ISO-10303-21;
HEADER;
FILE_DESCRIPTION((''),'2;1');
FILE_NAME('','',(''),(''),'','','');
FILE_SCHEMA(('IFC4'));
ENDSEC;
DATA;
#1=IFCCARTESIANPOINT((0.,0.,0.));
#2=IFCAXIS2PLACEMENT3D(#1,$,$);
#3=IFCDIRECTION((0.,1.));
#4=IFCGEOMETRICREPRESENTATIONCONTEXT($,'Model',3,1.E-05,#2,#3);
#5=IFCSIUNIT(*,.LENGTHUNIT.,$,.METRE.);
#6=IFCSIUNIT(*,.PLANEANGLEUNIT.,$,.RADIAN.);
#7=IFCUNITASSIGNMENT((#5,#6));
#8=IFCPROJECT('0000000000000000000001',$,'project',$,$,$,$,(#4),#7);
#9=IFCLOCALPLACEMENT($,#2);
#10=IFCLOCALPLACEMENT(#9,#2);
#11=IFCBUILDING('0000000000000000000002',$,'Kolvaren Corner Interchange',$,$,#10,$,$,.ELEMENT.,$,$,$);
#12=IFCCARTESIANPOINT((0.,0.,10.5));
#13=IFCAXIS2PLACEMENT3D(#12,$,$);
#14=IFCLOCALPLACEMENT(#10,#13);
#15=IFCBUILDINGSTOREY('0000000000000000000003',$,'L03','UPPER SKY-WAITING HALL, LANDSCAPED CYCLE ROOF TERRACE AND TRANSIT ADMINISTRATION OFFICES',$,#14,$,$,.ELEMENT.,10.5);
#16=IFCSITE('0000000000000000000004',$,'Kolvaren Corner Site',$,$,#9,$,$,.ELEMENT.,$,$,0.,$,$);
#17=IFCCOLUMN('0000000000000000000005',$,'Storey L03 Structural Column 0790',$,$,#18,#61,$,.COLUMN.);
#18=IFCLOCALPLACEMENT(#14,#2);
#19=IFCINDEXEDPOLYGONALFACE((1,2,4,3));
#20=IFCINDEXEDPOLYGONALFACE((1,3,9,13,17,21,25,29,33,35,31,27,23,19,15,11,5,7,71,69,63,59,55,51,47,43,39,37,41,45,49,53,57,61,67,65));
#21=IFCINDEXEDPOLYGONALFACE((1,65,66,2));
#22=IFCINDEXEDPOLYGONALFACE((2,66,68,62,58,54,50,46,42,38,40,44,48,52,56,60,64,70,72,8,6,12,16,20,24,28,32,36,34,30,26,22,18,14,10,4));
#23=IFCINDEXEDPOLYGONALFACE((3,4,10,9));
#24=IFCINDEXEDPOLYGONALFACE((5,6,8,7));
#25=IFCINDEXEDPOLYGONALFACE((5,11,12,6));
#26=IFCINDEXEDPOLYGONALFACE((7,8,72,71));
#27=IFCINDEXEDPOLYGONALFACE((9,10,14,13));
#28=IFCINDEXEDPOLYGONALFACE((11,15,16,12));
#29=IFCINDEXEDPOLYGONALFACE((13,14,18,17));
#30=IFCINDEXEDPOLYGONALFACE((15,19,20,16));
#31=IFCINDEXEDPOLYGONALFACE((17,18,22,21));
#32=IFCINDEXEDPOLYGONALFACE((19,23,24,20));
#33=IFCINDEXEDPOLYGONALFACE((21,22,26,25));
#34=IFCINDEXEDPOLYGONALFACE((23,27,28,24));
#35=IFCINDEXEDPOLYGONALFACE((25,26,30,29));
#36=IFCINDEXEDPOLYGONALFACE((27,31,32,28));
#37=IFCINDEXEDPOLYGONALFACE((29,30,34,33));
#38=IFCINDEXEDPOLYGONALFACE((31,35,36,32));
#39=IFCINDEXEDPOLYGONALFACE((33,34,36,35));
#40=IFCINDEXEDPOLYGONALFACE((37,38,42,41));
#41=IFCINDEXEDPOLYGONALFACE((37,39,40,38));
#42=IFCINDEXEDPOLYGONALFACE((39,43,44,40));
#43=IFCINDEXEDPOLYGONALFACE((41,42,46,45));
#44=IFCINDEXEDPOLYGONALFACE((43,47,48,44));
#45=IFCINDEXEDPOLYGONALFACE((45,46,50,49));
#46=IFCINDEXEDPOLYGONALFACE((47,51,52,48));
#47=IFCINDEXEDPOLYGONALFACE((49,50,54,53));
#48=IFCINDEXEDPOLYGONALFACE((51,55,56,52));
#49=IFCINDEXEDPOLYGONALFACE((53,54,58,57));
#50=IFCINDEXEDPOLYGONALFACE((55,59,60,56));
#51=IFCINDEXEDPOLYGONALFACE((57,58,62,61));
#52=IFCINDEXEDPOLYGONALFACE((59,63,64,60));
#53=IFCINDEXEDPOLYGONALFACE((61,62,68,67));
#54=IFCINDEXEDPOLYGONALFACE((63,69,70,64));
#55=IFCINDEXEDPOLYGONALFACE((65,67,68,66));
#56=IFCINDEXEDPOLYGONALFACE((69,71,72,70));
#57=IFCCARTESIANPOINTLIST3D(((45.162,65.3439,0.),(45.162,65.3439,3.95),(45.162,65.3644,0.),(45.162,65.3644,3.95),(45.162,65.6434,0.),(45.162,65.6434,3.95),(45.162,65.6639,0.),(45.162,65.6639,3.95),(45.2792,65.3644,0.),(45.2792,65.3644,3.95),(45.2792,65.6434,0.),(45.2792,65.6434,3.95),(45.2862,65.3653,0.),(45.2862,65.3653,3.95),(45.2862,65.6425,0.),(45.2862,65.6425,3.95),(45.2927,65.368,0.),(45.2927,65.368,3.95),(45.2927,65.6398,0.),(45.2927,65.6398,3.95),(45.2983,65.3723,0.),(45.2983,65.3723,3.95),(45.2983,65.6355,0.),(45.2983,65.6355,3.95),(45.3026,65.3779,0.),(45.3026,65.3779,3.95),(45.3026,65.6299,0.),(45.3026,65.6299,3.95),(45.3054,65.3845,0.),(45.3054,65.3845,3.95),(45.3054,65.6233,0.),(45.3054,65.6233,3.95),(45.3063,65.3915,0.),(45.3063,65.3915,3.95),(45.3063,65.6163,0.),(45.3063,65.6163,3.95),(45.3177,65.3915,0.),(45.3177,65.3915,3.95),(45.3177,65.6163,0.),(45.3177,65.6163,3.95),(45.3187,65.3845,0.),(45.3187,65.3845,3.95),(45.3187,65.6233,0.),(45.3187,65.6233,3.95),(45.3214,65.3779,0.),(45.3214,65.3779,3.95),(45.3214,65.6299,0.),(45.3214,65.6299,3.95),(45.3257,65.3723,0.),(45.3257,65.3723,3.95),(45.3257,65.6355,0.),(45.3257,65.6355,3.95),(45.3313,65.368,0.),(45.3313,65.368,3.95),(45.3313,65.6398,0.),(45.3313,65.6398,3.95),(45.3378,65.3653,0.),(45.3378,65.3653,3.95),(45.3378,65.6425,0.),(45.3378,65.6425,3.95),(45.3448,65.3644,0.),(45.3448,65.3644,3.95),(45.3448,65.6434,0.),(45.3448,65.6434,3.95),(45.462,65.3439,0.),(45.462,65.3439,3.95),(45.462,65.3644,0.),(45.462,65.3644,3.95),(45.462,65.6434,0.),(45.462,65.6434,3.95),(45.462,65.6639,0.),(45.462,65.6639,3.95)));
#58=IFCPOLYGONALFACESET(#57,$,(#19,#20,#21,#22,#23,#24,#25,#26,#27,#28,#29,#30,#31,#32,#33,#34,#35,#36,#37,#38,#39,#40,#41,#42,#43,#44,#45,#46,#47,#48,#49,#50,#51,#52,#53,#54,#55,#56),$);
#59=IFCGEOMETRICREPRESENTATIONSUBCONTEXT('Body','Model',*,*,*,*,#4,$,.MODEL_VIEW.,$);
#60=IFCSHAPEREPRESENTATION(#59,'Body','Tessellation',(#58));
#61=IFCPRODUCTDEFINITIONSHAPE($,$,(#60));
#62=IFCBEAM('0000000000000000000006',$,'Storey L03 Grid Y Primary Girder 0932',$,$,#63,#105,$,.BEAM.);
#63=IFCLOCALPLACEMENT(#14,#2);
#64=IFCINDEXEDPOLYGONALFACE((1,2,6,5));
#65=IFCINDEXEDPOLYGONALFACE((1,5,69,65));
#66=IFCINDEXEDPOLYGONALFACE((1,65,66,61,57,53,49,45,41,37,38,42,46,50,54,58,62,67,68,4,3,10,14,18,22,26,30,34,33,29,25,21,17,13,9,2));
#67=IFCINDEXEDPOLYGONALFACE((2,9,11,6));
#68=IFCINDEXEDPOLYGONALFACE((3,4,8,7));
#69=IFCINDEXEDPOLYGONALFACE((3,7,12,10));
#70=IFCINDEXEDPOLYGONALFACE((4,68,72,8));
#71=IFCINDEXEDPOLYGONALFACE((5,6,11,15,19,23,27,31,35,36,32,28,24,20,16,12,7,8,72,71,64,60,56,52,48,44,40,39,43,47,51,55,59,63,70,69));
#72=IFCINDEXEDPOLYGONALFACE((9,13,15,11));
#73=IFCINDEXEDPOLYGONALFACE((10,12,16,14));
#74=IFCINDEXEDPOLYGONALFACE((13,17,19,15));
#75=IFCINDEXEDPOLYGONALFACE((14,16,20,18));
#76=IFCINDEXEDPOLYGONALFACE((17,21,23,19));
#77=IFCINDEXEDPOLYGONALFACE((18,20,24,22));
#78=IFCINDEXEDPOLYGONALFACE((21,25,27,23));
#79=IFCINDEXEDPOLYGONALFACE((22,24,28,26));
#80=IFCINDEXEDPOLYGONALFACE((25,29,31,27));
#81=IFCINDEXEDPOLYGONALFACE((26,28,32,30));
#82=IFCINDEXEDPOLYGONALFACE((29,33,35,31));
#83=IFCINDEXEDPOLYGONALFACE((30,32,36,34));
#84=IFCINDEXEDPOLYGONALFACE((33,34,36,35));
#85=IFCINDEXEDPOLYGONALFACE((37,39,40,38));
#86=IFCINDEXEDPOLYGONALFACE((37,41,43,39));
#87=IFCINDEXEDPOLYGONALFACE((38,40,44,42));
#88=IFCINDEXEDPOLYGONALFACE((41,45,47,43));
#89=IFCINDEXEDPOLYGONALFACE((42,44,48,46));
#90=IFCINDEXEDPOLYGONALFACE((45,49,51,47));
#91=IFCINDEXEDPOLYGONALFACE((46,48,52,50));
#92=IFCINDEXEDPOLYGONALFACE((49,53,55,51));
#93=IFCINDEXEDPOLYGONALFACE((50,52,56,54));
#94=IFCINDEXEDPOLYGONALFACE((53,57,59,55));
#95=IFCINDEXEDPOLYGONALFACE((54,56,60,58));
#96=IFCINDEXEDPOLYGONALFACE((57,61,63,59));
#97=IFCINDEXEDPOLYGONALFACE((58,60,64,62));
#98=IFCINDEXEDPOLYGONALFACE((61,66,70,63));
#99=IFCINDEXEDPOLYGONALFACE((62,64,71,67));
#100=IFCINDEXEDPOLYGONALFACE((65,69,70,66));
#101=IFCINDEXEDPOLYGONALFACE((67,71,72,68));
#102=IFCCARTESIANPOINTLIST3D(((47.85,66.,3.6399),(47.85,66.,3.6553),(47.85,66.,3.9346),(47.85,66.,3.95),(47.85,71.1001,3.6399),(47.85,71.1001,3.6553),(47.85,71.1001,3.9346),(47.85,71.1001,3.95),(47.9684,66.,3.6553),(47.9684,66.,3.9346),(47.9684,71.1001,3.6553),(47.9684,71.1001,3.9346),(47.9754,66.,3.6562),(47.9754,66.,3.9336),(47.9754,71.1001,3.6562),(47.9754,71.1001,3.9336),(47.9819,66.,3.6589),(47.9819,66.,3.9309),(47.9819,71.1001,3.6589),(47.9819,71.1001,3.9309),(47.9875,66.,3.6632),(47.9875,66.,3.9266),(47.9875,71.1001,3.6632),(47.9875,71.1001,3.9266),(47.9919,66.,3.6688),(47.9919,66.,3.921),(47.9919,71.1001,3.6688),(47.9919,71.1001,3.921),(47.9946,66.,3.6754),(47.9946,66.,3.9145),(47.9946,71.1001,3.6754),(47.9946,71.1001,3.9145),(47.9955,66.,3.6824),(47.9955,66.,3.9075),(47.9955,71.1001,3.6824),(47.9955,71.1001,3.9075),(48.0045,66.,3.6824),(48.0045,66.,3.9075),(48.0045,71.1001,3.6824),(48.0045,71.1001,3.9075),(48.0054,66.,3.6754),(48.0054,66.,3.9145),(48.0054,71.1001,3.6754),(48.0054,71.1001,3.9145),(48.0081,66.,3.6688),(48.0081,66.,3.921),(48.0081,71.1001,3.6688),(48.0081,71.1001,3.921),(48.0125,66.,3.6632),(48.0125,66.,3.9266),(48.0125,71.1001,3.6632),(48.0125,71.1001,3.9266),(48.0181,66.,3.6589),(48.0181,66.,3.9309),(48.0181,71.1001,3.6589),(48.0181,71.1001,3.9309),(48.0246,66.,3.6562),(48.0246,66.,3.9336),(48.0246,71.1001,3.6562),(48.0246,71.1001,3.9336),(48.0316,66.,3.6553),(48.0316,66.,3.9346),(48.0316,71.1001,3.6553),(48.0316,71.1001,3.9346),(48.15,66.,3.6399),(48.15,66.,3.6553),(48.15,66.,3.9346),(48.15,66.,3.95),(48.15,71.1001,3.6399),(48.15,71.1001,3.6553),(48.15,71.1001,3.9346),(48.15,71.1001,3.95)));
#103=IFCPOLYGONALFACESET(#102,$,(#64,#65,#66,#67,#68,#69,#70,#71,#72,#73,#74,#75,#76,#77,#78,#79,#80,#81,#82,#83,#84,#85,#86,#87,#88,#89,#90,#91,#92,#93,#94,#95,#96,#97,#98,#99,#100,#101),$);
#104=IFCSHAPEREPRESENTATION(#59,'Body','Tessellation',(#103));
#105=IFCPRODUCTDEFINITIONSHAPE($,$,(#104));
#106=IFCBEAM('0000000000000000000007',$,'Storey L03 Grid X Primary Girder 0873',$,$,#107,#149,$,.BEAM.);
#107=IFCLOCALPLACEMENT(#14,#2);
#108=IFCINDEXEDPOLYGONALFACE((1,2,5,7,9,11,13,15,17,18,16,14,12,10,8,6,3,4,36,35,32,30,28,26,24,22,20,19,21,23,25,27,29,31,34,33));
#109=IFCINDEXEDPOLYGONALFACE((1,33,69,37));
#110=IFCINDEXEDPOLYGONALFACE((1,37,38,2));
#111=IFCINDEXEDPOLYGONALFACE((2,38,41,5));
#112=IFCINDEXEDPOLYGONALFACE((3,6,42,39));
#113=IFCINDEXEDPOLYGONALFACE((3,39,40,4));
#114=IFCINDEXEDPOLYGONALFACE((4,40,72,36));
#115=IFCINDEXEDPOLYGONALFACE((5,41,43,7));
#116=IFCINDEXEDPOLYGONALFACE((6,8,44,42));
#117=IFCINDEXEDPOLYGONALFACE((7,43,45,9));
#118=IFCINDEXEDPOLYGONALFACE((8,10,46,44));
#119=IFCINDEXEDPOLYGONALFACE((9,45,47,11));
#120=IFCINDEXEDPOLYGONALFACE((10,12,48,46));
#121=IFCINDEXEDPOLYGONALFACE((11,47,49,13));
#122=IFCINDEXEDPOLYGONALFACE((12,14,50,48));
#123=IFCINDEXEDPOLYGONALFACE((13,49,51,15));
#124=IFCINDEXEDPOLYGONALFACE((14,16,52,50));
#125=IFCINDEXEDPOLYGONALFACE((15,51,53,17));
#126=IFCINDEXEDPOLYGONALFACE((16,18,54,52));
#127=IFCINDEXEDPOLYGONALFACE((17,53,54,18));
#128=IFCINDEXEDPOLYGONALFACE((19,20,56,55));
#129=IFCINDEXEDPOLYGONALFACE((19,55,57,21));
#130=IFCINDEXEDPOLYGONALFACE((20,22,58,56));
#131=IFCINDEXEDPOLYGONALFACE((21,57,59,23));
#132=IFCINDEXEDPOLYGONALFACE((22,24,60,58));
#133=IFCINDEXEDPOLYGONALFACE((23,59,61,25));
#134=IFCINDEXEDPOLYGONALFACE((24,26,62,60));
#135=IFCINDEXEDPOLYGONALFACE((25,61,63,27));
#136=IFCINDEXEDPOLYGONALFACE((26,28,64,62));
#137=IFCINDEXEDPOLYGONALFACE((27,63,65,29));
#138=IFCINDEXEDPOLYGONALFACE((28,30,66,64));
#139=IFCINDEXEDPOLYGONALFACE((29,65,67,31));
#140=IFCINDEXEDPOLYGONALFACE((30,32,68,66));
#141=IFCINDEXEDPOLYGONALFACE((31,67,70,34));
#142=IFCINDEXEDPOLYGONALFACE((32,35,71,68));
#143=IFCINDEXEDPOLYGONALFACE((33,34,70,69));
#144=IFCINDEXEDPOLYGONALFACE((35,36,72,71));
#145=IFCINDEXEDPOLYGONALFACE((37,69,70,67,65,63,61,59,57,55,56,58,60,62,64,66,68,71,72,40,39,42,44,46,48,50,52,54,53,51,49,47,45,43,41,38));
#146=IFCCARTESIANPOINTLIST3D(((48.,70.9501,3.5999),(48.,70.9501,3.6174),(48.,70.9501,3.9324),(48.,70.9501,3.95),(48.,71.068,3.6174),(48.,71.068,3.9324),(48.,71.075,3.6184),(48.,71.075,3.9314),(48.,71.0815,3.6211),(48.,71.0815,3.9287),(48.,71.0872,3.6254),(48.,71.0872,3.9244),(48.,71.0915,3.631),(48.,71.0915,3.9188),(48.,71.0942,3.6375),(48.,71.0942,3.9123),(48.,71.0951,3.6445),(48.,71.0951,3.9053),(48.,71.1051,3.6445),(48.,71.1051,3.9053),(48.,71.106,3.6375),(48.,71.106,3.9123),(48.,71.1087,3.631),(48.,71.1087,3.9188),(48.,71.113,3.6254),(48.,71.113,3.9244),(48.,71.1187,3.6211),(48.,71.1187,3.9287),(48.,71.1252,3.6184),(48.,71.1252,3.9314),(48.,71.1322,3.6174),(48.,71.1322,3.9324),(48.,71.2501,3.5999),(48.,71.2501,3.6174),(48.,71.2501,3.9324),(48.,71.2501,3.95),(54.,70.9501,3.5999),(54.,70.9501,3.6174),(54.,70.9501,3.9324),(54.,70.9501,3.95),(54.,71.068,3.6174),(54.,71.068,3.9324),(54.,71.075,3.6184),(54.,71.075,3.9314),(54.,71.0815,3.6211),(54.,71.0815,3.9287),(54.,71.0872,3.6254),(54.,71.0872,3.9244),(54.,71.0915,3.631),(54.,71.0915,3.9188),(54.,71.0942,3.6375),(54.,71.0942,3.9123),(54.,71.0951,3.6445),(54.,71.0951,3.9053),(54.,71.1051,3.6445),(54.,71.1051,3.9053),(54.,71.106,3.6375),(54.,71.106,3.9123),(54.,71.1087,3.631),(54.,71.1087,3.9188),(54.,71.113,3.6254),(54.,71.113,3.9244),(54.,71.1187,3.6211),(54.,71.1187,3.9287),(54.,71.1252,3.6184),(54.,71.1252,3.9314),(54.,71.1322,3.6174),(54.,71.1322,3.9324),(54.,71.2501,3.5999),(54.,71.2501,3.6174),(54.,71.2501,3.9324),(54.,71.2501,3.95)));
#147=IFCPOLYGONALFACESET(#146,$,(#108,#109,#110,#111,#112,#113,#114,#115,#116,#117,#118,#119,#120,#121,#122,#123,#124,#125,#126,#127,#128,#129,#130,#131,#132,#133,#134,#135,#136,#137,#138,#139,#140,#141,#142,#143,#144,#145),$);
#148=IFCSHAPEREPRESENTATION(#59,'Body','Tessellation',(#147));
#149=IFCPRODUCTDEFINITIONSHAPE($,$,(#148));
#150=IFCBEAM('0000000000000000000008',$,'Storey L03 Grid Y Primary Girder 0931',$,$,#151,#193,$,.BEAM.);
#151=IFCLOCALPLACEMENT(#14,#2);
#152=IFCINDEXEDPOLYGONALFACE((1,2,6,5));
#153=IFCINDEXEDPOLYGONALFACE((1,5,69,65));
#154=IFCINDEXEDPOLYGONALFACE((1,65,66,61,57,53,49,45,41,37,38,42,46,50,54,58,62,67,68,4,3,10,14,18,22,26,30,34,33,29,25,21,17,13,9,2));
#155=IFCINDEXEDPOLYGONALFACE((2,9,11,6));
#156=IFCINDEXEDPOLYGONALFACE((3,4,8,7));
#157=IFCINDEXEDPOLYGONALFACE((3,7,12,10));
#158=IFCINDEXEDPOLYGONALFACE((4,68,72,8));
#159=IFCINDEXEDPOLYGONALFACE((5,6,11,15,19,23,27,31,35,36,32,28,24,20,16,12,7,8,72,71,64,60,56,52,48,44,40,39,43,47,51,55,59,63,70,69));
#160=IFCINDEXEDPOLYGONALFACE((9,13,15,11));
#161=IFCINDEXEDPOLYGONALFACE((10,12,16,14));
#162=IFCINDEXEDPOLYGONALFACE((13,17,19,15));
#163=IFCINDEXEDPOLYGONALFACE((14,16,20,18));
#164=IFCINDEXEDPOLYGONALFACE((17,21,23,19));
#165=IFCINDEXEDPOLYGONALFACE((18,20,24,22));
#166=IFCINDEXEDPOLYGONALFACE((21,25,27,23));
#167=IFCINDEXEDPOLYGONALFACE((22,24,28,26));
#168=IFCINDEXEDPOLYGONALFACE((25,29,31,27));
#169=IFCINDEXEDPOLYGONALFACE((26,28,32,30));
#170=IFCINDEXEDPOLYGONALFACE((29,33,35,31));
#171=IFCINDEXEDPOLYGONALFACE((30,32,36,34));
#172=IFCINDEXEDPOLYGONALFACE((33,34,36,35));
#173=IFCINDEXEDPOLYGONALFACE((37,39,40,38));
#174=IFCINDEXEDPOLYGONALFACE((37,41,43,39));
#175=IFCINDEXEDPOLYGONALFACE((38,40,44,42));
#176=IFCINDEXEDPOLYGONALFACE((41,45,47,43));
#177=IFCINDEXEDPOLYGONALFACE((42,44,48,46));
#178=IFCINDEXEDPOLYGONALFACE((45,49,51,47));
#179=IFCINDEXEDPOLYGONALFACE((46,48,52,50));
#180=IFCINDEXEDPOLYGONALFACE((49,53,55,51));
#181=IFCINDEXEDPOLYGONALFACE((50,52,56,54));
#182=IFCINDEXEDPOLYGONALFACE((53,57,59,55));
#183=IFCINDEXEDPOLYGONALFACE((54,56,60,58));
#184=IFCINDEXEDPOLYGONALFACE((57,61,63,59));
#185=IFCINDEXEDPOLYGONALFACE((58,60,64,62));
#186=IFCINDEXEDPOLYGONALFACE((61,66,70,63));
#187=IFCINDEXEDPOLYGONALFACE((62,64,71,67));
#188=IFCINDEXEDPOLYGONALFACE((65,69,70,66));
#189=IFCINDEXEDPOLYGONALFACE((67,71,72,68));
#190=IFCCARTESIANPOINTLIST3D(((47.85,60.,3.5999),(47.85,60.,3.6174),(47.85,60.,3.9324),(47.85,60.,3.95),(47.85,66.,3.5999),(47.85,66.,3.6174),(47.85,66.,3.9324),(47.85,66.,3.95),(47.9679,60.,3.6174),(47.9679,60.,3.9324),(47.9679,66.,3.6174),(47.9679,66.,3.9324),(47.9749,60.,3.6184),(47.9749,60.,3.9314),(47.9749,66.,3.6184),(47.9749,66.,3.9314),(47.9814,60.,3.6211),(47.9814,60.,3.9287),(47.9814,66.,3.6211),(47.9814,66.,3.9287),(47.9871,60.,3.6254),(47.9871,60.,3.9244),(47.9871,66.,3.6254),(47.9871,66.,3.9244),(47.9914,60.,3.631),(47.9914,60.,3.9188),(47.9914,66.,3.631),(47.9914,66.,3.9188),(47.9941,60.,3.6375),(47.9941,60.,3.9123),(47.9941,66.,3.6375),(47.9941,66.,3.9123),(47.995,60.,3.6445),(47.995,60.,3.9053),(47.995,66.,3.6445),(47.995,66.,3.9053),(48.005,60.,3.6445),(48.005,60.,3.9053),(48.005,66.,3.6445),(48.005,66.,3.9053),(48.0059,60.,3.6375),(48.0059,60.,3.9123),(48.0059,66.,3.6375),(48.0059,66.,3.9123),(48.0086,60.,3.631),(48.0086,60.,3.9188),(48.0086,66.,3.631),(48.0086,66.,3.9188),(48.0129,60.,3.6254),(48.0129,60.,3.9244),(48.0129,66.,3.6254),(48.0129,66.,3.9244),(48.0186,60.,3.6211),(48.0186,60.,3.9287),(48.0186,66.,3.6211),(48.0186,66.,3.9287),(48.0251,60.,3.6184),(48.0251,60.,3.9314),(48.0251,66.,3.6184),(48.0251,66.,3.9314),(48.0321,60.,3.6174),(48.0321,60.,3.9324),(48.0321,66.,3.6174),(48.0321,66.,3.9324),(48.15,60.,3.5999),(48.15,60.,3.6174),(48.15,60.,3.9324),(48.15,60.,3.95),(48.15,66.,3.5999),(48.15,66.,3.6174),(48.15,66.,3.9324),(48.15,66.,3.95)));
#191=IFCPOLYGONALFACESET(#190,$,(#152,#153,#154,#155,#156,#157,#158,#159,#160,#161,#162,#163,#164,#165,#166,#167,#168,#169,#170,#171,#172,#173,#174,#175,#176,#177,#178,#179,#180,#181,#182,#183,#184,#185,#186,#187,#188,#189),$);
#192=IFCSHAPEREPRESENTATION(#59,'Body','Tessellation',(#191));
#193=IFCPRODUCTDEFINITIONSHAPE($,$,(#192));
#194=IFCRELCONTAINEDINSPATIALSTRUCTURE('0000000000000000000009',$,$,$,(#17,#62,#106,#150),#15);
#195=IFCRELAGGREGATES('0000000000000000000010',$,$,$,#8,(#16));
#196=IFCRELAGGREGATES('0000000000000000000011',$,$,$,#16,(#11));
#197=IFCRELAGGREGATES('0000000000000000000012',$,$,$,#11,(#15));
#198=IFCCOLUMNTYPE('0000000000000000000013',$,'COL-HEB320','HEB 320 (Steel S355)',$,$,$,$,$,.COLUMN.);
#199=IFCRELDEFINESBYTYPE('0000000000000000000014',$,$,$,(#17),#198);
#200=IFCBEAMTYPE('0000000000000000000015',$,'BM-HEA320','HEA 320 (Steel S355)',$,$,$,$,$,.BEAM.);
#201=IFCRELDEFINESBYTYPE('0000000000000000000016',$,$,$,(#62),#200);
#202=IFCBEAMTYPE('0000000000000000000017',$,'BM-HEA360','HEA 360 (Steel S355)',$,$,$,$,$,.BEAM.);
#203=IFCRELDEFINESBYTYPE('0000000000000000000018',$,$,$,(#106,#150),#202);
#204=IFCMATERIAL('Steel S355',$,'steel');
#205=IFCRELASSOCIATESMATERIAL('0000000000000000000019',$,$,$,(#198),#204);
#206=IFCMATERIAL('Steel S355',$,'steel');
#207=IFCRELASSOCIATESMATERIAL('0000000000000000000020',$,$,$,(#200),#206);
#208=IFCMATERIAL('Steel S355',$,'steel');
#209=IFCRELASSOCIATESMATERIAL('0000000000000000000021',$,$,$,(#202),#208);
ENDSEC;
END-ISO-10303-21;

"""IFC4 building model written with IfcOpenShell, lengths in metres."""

from ifc_helpers import new_model, si_unit, direction, frame, origin, origin_2d, place, context, subcontext, project, spatial, i_section, extrude, material, material_profile, profile_set, type_object, element, save


model = new_model("IFC4")

# Units and contexts
model_context = context("Model", 3, precision=1e-05, world=origin(), true_north=direction((0.0, 1.0)))
body_context = subcontext(model_context, "Body", "Model", "MODEL_VIEW")
ifc_project = project(units=[si_unit("LENGTHUNIT", "METRE"), si_unit("PLANEANGLEUNIT", "RADIAN")], contexts=[model_context])

# Site, building, storey
site_placement = place(None, origin())
site = spatial("IfcSite", under=ifc_project, at=site_placement, Name="Kolvaren Corner Site", CompositionType="ELEMENT", RefElevation=0.0)
building_placement = place(site_placement, origin())
building = spatial("IfcBuilding", under=site, at=building_placement, Name="Kolvaren Corner Interchange", CompositionType="ELEMENT")
storey_placement = place(building_placement, frame((0.0, 0.0, 10.5)))
storey = spatial("IfcBuildingStorey", under=building, at=storey_placement, Name="L03", Description="UPPER SKY-WAITING HALL, LANDSCAPED CYCLE ROOF TERRACE AND TRANSIT ADMINISTRATION OFFICES", CompositionType="ELEMENT", Elevation=10.5)

# Column
ifc_material_1 = material(Name="Steel S355", Category="steel")
ifc_material_profile_1 = material_profile(ifc_material_1, i_section(OverallWidth=0.3, OverallDepth=0.3201, WebThickness=0.0115, FlangeThickness=0.0205, FilletRadius=0.0271, at=origin_2d()), Name="HEB 320")
ifc_profile_set_1 = profile_set([ifc_material_profile_1], Name="Steel S355")
column_type_1 = type_object("IfcColumnType", Name="COL-HEB320", Description="HEB 320 (Steel S355)", PredefinedType="COLUMN", material=ifc_profile_set_1)
column_1_placement = place(storey_placement, frame((45.312, 65.5039, 0.0), z_axis=(0.0, 0.0, 1.0), x_axis=(1.0, 0.0, 0.0)))
element("IfcColumn", 1, at=column_1_placement, inside=storey, type_object=column_type_1, Name="Storey L03 Structural Column 0790", PredefinedType="COLUMN", context=body_context, shape_type="SweptSolid", body=[
    extrude(i_section(OverallWidth=0.3, OverallDepth=0.3201, WebThickness=0.0115, FlangeThickness=0.0205, FilletRadius=0.0271, at=origin_2d()), origin(), (0.0, 0.0, 1.0), 3.95),
])

# Beams
ifc_material_2 = material(Name="Steel S355", Category="steel")
ifc_material_profile_2 = material_profile(ifc_material_2, i_section(OverallWidth=0.3, OverallDepth=0.3101, WebThickness=0.009, FlangeThickness=0.0154, FilletRadius=0.0271, at=origin_2d()), Name="HEA 320")
ifc_profile_set_2 = profile_set([ifc_material_profile_2], Name="Steel S355")
beam_type_1 = type_object("IfcBeamType", Name="BM-HEA320", Description="HEA 320 (Steel S355)", PredefinedType="BEAM", material=ifc_profile_set_2)
beam_1_placement = place(storey_placement, frame((48.0, 66.0, 3.7949), z_axis=(0.0, 1.0, 0.0), x_axis=(-1.0, 0.0, 0.0)))
element("IfcBeam", 2, at=beam_1_placement, inside=storey, type_object=beam_type_1, Name="Storey L03 Grid Y Primary Girder 0932", PredefinedType="BEAM", context=body_context, shape_type="SweptSolid", body=[
    extrude(i_section(OverallWidth=0.3, OverallDepth=0.3101, WebThickness=0.009, FlangeThickness=0.0154, FilletRadius=0.0271, at=origin_2d()), origin(), (0.0, 0.0, 1.0), 5.1001),
])
ifc_material_3 = material(Name="Steel S355", Category="steel")
ifc_material_profile_3 = material_profile(ifc_material_3, i_section(OverallWidth=0.3, OverallDepth=0.3501, WebThickness=0.01, FlangeThickness=0.0176, FilletRadius=0.0271, at=origin_2d()), Name="HEA 360")
ifc_profile_set_3 = profile_set([ifc_material_profile_3], Name="Steel S355")
beam_type_2 = type_object("IfcBeamType", Name="BM-HEA360", Description="HEA 360 (Steel S355)", PredefinedType="BEAM", material=ifc_profile_set_3)
for number, where, z_axis, x_axis, name in (
    (3, (48.0, 71.1001, 3.7749), (1.0, 0.0, 0.0), (0.0, 1.0, 0.0), "Storey L03 Grid X Primary Girder 0873"),
    (4, (48.0, 60.0, 3.7749), (0.0, 1.0, 0.0), (-1.0, 0.0, 0.0), "Storey L03 Grid Y Primary Girder 0931"),
):
    element("IfcBeam", number, at=place(storey_placement, frame(where, z_axis=z_axis, x_axis=x_axis)), inside=storey, type_object=beam_type_2, Name=name, PredefinedType="BEAM", context=body_context, shape_type="SweptSolid", body=[
        extrude(i_section(OverallWidth=0.3, OverallDepth=0.3501, WebThickness=0.01, FlangeThickness=0.0176, FilletRadius=0.0271, at=origin_2d()), origin(), (0.0, 0.0, 1.0), 6.0),
    ])

save(model, "model.ifc")
